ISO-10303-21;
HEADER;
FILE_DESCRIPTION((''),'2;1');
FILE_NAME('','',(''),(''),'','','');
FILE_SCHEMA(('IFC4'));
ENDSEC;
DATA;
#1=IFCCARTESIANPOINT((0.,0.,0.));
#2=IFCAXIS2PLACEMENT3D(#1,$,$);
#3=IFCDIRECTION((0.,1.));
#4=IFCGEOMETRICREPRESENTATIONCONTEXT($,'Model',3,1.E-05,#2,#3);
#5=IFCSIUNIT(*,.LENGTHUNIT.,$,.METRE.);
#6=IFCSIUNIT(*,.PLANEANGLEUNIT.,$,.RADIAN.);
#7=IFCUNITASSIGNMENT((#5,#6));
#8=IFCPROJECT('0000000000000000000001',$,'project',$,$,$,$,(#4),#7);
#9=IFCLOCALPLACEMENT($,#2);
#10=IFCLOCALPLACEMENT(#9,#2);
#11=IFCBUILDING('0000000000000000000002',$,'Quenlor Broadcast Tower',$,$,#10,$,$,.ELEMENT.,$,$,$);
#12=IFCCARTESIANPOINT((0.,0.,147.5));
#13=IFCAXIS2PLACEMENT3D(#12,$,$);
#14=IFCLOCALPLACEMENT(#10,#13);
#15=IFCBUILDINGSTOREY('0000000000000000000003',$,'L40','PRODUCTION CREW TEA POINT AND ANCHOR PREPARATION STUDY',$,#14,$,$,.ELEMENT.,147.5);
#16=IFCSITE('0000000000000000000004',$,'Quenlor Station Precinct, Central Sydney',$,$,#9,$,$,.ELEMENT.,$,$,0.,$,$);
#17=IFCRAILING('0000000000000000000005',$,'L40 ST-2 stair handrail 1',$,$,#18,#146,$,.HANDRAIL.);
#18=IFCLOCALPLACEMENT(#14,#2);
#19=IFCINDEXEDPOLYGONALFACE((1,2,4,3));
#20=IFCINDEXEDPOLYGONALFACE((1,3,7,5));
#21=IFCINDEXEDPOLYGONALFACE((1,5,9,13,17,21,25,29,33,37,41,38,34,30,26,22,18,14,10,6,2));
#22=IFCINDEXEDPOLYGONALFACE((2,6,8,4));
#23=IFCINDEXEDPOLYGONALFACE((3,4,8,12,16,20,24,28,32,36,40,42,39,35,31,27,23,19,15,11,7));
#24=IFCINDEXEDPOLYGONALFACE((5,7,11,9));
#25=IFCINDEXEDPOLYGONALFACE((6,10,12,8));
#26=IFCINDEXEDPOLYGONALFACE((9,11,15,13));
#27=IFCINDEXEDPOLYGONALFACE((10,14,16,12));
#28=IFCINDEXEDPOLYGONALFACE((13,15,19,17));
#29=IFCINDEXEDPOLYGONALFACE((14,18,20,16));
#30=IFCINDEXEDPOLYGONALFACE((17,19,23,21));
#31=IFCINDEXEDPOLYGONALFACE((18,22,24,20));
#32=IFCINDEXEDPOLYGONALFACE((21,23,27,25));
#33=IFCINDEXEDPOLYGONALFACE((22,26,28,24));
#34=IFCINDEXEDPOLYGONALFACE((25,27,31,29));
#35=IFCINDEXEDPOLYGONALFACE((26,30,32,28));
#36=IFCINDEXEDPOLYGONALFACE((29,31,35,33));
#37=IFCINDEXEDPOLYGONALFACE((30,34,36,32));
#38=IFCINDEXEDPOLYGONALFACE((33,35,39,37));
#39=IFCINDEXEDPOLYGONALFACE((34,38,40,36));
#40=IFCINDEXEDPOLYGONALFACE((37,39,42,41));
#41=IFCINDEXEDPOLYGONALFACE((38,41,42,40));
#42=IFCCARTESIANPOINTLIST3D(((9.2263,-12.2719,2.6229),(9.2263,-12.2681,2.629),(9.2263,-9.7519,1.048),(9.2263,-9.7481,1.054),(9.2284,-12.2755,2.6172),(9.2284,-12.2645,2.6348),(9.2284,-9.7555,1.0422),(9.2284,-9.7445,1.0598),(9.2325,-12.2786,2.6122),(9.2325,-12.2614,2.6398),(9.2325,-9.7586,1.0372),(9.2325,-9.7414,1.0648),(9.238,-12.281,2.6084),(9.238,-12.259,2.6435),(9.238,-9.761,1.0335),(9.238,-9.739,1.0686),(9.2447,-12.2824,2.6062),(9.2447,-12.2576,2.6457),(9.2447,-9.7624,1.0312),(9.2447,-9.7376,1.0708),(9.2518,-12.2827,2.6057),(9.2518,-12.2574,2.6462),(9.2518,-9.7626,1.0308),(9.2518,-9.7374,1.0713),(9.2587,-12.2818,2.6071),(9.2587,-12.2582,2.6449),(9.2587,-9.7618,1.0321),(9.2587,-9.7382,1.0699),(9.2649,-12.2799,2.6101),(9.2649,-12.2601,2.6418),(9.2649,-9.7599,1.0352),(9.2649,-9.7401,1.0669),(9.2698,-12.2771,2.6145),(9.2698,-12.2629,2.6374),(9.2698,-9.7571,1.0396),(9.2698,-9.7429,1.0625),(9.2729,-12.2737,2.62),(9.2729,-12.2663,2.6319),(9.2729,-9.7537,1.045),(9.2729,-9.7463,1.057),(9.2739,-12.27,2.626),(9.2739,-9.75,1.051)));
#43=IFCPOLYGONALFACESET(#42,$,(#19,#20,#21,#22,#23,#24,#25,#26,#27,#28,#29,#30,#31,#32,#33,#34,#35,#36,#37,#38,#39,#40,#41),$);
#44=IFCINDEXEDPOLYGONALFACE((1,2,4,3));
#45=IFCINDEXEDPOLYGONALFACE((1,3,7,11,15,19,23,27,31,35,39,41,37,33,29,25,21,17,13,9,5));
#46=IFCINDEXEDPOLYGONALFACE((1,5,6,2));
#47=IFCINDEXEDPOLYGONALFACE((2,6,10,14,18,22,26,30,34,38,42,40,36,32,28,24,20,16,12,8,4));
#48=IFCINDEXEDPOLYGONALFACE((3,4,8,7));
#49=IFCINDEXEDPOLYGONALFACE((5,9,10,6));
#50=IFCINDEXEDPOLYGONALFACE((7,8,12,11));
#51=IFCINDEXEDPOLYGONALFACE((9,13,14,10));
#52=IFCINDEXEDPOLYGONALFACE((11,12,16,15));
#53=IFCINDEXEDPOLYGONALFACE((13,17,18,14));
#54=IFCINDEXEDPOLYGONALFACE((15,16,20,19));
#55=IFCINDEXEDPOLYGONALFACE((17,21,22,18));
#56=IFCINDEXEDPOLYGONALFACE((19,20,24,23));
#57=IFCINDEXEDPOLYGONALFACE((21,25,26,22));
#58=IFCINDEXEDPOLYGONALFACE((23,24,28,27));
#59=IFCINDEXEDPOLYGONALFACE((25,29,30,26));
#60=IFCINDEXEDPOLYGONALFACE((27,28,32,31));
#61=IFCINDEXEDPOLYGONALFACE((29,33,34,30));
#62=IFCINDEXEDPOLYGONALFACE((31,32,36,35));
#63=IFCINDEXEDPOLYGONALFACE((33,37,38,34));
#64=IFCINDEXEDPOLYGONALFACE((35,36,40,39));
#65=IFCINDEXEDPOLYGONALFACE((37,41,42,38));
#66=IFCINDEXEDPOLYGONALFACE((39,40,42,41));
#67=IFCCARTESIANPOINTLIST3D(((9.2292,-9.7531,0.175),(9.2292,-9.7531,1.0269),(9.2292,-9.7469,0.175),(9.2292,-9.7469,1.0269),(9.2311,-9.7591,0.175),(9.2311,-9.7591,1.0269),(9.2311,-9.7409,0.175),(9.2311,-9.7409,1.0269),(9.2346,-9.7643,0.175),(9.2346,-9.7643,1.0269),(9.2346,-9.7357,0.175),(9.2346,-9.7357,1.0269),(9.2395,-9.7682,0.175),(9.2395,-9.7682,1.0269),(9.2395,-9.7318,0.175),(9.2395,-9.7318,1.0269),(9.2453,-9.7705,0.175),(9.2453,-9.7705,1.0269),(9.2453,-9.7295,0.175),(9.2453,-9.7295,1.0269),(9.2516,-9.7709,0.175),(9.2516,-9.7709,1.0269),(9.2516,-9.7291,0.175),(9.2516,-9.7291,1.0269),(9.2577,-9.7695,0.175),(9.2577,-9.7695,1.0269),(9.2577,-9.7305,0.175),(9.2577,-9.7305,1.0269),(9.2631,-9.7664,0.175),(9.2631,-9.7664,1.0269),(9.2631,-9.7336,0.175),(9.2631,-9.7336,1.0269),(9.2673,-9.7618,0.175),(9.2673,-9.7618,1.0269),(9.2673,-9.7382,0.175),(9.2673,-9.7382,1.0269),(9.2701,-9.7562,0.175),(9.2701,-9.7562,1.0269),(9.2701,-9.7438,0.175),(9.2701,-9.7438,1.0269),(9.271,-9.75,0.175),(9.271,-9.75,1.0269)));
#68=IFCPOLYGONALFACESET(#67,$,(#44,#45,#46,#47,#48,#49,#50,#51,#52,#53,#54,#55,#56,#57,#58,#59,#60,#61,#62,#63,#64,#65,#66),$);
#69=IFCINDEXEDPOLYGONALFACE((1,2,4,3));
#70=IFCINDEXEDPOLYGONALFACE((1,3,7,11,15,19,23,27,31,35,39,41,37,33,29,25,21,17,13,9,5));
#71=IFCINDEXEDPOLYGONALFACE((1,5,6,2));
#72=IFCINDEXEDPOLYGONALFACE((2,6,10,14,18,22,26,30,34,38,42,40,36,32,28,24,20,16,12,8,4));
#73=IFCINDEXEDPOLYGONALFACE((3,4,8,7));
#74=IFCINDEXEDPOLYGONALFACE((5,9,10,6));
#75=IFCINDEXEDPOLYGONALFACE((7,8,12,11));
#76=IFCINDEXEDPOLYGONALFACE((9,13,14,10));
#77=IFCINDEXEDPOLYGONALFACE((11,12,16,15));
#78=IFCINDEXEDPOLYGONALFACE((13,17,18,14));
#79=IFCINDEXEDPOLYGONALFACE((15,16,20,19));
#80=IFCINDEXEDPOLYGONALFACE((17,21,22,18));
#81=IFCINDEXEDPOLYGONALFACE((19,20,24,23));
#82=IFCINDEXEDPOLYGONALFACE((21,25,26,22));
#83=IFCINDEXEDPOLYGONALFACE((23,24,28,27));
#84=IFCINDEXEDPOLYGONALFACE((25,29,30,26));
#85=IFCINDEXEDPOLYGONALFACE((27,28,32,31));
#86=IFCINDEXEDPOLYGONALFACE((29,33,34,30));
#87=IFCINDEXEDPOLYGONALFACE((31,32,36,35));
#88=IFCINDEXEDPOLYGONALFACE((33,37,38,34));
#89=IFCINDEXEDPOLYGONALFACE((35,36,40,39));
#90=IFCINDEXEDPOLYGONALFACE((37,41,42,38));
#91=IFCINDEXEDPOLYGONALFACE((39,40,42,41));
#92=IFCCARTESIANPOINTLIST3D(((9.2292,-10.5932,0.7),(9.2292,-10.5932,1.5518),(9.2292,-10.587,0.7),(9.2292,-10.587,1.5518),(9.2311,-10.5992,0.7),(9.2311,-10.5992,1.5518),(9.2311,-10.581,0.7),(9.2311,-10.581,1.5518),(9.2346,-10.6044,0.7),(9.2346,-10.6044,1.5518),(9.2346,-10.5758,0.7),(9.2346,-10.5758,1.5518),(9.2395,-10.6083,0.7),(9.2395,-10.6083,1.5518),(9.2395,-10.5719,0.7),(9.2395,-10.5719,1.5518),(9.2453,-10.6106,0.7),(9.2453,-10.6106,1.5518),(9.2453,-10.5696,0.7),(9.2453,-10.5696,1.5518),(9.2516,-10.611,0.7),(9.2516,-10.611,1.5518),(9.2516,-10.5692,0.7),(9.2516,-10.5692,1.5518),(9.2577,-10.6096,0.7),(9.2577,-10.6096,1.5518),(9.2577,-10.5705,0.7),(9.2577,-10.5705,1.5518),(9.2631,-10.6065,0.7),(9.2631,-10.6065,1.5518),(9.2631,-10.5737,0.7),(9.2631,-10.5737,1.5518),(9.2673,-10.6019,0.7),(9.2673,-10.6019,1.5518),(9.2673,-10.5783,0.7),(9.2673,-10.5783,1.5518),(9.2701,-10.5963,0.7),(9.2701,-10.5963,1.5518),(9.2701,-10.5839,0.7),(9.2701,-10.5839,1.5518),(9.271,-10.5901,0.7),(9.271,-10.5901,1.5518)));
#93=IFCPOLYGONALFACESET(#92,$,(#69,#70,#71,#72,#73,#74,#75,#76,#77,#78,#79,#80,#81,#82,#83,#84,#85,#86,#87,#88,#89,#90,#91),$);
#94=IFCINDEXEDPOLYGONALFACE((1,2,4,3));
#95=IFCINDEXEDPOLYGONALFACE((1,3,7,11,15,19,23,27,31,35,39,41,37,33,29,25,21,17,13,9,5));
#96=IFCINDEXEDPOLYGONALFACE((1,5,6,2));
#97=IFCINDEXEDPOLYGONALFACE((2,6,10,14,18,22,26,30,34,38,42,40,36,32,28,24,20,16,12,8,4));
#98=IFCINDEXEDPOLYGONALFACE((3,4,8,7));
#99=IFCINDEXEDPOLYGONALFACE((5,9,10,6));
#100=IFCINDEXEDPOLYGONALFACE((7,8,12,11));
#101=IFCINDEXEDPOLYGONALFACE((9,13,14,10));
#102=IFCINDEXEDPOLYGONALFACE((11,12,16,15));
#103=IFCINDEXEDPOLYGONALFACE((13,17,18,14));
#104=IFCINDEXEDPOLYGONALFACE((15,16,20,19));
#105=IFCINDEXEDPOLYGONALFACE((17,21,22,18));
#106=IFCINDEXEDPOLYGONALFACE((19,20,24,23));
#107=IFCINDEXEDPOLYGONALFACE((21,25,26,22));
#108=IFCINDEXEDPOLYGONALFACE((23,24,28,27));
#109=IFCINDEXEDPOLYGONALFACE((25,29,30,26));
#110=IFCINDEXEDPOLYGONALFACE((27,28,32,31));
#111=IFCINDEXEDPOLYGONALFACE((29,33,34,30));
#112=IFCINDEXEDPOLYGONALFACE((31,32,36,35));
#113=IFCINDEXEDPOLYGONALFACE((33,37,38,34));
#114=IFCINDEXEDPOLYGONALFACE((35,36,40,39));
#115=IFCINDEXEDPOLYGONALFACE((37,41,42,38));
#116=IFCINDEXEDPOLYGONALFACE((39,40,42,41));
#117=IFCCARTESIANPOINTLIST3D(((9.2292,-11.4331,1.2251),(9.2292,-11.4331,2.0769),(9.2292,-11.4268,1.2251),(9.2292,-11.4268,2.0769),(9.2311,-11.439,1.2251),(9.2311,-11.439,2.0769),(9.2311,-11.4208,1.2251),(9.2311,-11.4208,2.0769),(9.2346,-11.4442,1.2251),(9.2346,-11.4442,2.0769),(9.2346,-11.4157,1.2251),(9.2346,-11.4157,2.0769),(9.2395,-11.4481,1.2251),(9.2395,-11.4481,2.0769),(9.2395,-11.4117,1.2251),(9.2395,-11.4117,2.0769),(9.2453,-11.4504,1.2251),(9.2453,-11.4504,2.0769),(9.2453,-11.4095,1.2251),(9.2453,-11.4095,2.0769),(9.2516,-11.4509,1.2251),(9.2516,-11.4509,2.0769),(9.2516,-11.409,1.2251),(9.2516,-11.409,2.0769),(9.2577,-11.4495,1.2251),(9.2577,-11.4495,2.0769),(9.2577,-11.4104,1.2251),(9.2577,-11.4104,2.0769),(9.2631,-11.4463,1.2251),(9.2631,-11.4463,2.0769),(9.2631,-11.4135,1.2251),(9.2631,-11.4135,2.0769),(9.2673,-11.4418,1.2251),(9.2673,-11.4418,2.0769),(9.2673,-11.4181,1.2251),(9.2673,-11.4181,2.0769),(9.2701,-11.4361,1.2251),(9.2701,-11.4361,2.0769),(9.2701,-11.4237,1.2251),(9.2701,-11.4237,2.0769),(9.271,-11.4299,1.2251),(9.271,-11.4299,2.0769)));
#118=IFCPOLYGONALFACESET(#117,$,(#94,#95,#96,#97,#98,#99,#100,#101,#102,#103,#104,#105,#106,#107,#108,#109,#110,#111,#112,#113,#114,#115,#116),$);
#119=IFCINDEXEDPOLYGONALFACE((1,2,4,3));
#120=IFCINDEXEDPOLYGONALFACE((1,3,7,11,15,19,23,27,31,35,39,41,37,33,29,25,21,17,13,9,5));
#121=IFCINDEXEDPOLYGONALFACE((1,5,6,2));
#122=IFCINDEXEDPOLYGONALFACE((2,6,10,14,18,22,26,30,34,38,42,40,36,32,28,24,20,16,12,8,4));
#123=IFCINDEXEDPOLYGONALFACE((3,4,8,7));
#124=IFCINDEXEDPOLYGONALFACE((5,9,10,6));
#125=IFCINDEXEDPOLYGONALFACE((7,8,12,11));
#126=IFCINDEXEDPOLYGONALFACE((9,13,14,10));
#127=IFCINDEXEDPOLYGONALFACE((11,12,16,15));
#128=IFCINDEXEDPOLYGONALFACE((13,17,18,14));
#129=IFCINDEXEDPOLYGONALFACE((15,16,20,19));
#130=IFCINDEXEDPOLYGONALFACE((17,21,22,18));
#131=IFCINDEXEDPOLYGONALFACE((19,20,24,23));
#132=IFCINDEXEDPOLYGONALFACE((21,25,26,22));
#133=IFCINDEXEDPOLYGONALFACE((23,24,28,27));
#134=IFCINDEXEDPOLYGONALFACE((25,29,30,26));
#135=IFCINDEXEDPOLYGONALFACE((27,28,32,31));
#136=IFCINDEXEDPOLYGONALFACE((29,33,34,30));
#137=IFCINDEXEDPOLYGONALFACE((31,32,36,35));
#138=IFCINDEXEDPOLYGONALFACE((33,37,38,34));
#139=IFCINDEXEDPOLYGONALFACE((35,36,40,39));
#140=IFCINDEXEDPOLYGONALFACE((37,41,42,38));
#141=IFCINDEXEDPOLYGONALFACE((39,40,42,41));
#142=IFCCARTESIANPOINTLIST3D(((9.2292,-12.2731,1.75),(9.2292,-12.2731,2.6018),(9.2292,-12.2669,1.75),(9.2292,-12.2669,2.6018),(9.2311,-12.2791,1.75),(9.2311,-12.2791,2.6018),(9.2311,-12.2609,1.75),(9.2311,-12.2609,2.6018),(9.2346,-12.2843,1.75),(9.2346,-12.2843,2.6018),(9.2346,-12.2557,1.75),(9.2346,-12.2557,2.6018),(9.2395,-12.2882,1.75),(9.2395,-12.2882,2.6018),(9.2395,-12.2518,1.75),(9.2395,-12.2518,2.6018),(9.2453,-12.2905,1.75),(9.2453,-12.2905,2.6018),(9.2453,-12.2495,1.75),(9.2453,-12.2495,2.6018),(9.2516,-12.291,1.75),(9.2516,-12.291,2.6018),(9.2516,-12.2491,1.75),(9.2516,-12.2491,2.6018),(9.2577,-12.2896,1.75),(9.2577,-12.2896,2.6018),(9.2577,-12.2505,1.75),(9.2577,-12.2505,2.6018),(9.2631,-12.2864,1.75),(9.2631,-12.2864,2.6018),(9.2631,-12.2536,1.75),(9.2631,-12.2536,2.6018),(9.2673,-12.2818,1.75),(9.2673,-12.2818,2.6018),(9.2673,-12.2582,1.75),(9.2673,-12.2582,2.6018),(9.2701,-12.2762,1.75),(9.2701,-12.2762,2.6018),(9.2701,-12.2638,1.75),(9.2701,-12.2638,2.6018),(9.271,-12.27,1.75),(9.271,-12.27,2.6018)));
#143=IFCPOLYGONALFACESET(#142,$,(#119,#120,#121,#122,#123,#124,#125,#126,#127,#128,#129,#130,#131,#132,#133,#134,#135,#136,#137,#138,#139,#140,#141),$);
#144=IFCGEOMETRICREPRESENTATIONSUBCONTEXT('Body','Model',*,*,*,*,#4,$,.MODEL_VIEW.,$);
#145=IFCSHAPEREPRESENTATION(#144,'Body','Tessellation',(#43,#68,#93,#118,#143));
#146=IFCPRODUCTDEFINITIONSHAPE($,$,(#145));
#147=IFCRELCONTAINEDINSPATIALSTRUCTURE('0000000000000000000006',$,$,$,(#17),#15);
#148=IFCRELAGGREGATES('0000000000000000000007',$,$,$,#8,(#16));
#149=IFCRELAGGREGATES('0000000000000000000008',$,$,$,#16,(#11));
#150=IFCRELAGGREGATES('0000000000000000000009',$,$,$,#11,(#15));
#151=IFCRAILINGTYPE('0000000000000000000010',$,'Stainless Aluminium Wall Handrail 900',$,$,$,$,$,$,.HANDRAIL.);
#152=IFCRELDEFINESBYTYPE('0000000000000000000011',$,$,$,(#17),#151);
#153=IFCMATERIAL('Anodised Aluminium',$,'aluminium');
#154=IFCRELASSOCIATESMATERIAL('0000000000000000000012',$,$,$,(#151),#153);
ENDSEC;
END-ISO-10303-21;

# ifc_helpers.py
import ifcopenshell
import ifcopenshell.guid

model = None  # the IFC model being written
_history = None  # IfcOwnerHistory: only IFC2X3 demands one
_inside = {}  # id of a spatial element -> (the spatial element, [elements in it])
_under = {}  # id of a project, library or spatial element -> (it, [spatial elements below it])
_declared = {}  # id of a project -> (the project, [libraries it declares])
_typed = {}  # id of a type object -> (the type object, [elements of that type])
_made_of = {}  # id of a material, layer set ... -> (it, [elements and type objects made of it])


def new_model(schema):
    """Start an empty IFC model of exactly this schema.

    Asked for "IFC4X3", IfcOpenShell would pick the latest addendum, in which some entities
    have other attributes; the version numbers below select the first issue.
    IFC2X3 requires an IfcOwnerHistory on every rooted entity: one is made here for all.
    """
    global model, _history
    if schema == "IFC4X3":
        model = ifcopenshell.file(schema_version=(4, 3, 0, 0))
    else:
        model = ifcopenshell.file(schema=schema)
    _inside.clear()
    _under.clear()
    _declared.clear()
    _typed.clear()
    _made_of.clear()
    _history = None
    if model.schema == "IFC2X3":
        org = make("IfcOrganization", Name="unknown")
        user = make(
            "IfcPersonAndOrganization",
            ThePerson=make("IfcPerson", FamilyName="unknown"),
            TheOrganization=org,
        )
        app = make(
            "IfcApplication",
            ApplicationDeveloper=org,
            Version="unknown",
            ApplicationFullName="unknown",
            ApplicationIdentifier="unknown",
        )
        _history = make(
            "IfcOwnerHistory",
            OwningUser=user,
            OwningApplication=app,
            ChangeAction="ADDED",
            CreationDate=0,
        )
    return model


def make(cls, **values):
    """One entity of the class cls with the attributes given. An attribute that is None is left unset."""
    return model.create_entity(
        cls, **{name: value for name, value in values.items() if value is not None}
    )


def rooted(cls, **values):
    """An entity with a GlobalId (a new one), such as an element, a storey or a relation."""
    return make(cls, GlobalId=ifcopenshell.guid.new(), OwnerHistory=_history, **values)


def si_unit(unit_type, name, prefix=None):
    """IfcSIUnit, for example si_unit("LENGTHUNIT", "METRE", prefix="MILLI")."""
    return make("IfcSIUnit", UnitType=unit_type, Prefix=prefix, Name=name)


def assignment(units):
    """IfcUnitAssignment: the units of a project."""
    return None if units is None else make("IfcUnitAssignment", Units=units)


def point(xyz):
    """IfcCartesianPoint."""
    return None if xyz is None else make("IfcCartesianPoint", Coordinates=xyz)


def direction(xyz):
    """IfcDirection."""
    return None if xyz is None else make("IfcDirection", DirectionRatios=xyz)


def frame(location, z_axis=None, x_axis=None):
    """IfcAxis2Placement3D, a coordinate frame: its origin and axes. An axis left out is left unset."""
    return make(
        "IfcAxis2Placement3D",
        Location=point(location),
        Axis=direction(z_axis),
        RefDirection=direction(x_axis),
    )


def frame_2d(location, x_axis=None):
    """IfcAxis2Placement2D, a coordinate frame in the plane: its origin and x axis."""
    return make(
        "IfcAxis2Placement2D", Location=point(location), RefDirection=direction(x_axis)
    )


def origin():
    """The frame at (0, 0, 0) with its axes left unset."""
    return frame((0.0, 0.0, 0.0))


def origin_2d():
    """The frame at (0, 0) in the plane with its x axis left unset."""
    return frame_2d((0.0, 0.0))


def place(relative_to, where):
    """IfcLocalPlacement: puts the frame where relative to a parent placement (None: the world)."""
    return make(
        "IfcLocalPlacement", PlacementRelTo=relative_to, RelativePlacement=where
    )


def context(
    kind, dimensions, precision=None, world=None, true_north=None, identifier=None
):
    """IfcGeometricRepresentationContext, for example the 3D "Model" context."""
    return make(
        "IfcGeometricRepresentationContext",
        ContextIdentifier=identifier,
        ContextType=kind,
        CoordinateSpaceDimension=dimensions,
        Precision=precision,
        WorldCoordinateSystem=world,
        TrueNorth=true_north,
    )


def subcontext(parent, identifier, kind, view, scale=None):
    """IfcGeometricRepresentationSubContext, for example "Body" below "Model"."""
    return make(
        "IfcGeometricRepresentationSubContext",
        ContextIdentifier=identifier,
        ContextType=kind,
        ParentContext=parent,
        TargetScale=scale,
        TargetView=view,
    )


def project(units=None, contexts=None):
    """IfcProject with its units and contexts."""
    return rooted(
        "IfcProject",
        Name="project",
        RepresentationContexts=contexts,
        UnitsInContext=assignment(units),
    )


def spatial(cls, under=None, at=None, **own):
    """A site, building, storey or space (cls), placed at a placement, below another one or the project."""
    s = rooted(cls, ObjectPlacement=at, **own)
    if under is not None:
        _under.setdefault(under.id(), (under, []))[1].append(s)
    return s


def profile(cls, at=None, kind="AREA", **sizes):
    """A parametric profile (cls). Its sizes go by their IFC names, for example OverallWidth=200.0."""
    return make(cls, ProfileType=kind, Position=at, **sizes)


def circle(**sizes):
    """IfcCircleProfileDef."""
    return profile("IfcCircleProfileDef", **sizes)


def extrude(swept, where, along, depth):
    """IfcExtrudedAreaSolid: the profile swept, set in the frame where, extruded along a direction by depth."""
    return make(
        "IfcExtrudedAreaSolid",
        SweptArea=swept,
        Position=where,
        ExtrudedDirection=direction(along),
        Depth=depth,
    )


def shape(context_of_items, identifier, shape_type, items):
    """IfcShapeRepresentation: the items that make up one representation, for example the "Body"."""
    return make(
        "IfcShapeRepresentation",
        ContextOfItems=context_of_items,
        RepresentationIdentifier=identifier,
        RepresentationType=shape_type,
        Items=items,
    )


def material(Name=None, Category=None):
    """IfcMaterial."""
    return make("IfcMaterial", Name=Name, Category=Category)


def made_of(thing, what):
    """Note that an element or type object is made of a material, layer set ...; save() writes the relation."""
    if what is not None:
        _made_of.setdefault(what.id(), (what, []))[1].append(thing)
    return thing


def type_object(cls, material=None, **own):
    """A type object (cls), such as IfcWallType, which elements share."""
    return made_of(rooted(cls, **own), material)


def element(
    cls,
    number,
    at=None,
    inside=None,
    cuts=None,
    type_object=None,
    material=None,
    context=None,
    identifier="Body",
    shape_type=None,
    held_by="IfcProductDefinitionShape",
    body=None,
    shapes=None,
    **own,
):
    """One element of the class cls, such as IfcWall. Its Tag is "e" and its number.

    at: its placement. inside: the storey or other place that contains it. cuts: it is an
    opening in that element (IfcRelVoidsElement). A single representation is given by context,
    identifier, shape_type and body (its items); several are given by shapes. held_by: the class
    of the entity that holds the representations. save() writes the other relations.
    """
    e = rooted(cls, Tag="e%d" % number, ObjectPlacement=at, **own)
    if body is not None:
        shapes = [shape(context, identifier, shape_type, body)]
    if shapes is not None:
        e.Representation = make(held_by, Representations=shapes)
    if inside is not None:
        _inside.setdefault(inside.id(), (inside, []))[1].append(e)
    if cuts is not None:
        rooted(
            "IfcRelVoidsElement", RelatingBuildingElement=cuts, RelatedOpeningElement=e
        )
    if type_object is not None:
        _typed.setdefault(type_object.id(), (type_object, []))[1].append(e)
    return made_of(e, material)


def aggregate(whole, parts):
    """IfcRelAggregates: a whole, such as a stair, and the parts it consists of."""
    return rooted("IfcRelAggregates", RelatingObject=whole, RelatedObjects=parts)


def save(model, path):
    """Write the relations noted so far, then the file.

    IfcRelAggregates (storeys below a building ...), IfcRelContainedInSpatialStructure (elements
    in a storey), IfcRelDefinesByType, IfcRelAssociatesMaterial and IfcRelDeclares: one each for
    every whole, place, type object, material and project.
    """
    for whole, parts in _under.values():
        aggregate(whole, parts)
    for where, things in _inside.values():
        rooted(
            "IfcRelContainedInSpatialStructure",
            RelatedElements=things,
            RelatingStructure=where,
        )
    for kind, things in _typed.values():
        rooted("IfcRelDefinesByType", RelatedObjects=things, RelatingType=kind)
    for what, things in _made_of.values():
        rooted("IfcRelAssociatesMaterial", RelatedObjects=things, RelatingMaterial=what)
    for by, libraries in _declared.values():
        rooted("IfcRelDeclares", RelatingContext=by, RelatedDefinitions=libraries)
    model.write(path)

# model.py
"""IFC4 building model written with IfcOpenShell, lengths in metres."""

from ifc_helpers import new_model, si_unit, direction, frame, origin, origin_2d, place, context, subcontext, project, spatial, circle, extrude, material, type_object, element, save


model = new_model("IFC4")

# Units and contexts
model_context = context("Model", 3, precision=1e-05, world=origin(), true_north=direction((0.0, 1.0)))
body_context = subcontext(model_context, "Body", "Model", "MODEL_VIEW")
ifc_project = project(units=[si_unit("LENGTHUNIT", "METRE"), si_unit("PLANEANGLEUNIT", "RADIAN")], contexts=[model_context])

# Site, building, storey
site_placement = place(None, origin())
site = spatial("IfcSite", under=ifc_project, at=site_placement, Name="Quenlor Station Precinct, Central Sydney", CompositionType="ELEMENT", RefElevation=0.0)
building_placement = place(site_placement, origin())
building = spatial("IfcBuilding", under=site, at=building_placement, Name="Quenlor Broadcast Tower", CompositionType="ELEMENT")
storey_placement = place(building_placement, frame((0.0, 0.0, 147.5)))
storey = spatial("IfcBuildingStorey", under=building, at=storey_placement, Name="L40", Description="PRODUCTION CREW TEA POINT AND ANCHOR PREPARATION STUDY", CompositionType="ELEMENT", Elevation=147.5)

# Railing
ifc_material_1 = material(Name="Anodised Aluminium", Category="aluminium")
railing_type_1 = type_object("IfcRailingType", Name="Stainless Aluminium Wall Handrail 900", PredefinedType="HANDRAIL", material=ifc_material_1)
railing_1_placement = place(storey_placement, frame((9.25, -9.75, 0.175)))
element("IfcRailing", 1, at=railing_1_placement, inside=storey, type_object=railing_type_1, Name="L40 ST-2 stair handrail 1", PredefinedType="HANDRAIL", context=body_context, shape_type="SweptSolid", body=[
    extrude(circle(Radius=0.0239, at=origin_2d()), frame((0.0, 0.0, 0.876), z_axis=(0.0, -0.848008, 0.529984), x_axis=(1.0, 0.0, 0.0)), (0.0, 0.0, 1.0), 2.9717),
    extrude(circle(Radius=0.021, at=origin_2d()), origin(), (0.0, 0.0, 1.0), 0.8518),
    extrude(circle(Radius=0.021, at=origin_2d()), frame((0.0, -0.8401, 0.5249)), (0.0, 0.0, 1.0), 0.8518),
    extrude(circle(Radius=0.021, at=origin_2d()), frame((0.0, -1.6799, 1.05)), (0.0, 0.0, 1.0), 0.8518),
    extrude(circle(Radius=0.021, at=origin_2d()), frame((0.0, -2.52, 1.575)), (0.0, 0.0, 1.0), 0.8518),
])

save(model, "model.ifc")
